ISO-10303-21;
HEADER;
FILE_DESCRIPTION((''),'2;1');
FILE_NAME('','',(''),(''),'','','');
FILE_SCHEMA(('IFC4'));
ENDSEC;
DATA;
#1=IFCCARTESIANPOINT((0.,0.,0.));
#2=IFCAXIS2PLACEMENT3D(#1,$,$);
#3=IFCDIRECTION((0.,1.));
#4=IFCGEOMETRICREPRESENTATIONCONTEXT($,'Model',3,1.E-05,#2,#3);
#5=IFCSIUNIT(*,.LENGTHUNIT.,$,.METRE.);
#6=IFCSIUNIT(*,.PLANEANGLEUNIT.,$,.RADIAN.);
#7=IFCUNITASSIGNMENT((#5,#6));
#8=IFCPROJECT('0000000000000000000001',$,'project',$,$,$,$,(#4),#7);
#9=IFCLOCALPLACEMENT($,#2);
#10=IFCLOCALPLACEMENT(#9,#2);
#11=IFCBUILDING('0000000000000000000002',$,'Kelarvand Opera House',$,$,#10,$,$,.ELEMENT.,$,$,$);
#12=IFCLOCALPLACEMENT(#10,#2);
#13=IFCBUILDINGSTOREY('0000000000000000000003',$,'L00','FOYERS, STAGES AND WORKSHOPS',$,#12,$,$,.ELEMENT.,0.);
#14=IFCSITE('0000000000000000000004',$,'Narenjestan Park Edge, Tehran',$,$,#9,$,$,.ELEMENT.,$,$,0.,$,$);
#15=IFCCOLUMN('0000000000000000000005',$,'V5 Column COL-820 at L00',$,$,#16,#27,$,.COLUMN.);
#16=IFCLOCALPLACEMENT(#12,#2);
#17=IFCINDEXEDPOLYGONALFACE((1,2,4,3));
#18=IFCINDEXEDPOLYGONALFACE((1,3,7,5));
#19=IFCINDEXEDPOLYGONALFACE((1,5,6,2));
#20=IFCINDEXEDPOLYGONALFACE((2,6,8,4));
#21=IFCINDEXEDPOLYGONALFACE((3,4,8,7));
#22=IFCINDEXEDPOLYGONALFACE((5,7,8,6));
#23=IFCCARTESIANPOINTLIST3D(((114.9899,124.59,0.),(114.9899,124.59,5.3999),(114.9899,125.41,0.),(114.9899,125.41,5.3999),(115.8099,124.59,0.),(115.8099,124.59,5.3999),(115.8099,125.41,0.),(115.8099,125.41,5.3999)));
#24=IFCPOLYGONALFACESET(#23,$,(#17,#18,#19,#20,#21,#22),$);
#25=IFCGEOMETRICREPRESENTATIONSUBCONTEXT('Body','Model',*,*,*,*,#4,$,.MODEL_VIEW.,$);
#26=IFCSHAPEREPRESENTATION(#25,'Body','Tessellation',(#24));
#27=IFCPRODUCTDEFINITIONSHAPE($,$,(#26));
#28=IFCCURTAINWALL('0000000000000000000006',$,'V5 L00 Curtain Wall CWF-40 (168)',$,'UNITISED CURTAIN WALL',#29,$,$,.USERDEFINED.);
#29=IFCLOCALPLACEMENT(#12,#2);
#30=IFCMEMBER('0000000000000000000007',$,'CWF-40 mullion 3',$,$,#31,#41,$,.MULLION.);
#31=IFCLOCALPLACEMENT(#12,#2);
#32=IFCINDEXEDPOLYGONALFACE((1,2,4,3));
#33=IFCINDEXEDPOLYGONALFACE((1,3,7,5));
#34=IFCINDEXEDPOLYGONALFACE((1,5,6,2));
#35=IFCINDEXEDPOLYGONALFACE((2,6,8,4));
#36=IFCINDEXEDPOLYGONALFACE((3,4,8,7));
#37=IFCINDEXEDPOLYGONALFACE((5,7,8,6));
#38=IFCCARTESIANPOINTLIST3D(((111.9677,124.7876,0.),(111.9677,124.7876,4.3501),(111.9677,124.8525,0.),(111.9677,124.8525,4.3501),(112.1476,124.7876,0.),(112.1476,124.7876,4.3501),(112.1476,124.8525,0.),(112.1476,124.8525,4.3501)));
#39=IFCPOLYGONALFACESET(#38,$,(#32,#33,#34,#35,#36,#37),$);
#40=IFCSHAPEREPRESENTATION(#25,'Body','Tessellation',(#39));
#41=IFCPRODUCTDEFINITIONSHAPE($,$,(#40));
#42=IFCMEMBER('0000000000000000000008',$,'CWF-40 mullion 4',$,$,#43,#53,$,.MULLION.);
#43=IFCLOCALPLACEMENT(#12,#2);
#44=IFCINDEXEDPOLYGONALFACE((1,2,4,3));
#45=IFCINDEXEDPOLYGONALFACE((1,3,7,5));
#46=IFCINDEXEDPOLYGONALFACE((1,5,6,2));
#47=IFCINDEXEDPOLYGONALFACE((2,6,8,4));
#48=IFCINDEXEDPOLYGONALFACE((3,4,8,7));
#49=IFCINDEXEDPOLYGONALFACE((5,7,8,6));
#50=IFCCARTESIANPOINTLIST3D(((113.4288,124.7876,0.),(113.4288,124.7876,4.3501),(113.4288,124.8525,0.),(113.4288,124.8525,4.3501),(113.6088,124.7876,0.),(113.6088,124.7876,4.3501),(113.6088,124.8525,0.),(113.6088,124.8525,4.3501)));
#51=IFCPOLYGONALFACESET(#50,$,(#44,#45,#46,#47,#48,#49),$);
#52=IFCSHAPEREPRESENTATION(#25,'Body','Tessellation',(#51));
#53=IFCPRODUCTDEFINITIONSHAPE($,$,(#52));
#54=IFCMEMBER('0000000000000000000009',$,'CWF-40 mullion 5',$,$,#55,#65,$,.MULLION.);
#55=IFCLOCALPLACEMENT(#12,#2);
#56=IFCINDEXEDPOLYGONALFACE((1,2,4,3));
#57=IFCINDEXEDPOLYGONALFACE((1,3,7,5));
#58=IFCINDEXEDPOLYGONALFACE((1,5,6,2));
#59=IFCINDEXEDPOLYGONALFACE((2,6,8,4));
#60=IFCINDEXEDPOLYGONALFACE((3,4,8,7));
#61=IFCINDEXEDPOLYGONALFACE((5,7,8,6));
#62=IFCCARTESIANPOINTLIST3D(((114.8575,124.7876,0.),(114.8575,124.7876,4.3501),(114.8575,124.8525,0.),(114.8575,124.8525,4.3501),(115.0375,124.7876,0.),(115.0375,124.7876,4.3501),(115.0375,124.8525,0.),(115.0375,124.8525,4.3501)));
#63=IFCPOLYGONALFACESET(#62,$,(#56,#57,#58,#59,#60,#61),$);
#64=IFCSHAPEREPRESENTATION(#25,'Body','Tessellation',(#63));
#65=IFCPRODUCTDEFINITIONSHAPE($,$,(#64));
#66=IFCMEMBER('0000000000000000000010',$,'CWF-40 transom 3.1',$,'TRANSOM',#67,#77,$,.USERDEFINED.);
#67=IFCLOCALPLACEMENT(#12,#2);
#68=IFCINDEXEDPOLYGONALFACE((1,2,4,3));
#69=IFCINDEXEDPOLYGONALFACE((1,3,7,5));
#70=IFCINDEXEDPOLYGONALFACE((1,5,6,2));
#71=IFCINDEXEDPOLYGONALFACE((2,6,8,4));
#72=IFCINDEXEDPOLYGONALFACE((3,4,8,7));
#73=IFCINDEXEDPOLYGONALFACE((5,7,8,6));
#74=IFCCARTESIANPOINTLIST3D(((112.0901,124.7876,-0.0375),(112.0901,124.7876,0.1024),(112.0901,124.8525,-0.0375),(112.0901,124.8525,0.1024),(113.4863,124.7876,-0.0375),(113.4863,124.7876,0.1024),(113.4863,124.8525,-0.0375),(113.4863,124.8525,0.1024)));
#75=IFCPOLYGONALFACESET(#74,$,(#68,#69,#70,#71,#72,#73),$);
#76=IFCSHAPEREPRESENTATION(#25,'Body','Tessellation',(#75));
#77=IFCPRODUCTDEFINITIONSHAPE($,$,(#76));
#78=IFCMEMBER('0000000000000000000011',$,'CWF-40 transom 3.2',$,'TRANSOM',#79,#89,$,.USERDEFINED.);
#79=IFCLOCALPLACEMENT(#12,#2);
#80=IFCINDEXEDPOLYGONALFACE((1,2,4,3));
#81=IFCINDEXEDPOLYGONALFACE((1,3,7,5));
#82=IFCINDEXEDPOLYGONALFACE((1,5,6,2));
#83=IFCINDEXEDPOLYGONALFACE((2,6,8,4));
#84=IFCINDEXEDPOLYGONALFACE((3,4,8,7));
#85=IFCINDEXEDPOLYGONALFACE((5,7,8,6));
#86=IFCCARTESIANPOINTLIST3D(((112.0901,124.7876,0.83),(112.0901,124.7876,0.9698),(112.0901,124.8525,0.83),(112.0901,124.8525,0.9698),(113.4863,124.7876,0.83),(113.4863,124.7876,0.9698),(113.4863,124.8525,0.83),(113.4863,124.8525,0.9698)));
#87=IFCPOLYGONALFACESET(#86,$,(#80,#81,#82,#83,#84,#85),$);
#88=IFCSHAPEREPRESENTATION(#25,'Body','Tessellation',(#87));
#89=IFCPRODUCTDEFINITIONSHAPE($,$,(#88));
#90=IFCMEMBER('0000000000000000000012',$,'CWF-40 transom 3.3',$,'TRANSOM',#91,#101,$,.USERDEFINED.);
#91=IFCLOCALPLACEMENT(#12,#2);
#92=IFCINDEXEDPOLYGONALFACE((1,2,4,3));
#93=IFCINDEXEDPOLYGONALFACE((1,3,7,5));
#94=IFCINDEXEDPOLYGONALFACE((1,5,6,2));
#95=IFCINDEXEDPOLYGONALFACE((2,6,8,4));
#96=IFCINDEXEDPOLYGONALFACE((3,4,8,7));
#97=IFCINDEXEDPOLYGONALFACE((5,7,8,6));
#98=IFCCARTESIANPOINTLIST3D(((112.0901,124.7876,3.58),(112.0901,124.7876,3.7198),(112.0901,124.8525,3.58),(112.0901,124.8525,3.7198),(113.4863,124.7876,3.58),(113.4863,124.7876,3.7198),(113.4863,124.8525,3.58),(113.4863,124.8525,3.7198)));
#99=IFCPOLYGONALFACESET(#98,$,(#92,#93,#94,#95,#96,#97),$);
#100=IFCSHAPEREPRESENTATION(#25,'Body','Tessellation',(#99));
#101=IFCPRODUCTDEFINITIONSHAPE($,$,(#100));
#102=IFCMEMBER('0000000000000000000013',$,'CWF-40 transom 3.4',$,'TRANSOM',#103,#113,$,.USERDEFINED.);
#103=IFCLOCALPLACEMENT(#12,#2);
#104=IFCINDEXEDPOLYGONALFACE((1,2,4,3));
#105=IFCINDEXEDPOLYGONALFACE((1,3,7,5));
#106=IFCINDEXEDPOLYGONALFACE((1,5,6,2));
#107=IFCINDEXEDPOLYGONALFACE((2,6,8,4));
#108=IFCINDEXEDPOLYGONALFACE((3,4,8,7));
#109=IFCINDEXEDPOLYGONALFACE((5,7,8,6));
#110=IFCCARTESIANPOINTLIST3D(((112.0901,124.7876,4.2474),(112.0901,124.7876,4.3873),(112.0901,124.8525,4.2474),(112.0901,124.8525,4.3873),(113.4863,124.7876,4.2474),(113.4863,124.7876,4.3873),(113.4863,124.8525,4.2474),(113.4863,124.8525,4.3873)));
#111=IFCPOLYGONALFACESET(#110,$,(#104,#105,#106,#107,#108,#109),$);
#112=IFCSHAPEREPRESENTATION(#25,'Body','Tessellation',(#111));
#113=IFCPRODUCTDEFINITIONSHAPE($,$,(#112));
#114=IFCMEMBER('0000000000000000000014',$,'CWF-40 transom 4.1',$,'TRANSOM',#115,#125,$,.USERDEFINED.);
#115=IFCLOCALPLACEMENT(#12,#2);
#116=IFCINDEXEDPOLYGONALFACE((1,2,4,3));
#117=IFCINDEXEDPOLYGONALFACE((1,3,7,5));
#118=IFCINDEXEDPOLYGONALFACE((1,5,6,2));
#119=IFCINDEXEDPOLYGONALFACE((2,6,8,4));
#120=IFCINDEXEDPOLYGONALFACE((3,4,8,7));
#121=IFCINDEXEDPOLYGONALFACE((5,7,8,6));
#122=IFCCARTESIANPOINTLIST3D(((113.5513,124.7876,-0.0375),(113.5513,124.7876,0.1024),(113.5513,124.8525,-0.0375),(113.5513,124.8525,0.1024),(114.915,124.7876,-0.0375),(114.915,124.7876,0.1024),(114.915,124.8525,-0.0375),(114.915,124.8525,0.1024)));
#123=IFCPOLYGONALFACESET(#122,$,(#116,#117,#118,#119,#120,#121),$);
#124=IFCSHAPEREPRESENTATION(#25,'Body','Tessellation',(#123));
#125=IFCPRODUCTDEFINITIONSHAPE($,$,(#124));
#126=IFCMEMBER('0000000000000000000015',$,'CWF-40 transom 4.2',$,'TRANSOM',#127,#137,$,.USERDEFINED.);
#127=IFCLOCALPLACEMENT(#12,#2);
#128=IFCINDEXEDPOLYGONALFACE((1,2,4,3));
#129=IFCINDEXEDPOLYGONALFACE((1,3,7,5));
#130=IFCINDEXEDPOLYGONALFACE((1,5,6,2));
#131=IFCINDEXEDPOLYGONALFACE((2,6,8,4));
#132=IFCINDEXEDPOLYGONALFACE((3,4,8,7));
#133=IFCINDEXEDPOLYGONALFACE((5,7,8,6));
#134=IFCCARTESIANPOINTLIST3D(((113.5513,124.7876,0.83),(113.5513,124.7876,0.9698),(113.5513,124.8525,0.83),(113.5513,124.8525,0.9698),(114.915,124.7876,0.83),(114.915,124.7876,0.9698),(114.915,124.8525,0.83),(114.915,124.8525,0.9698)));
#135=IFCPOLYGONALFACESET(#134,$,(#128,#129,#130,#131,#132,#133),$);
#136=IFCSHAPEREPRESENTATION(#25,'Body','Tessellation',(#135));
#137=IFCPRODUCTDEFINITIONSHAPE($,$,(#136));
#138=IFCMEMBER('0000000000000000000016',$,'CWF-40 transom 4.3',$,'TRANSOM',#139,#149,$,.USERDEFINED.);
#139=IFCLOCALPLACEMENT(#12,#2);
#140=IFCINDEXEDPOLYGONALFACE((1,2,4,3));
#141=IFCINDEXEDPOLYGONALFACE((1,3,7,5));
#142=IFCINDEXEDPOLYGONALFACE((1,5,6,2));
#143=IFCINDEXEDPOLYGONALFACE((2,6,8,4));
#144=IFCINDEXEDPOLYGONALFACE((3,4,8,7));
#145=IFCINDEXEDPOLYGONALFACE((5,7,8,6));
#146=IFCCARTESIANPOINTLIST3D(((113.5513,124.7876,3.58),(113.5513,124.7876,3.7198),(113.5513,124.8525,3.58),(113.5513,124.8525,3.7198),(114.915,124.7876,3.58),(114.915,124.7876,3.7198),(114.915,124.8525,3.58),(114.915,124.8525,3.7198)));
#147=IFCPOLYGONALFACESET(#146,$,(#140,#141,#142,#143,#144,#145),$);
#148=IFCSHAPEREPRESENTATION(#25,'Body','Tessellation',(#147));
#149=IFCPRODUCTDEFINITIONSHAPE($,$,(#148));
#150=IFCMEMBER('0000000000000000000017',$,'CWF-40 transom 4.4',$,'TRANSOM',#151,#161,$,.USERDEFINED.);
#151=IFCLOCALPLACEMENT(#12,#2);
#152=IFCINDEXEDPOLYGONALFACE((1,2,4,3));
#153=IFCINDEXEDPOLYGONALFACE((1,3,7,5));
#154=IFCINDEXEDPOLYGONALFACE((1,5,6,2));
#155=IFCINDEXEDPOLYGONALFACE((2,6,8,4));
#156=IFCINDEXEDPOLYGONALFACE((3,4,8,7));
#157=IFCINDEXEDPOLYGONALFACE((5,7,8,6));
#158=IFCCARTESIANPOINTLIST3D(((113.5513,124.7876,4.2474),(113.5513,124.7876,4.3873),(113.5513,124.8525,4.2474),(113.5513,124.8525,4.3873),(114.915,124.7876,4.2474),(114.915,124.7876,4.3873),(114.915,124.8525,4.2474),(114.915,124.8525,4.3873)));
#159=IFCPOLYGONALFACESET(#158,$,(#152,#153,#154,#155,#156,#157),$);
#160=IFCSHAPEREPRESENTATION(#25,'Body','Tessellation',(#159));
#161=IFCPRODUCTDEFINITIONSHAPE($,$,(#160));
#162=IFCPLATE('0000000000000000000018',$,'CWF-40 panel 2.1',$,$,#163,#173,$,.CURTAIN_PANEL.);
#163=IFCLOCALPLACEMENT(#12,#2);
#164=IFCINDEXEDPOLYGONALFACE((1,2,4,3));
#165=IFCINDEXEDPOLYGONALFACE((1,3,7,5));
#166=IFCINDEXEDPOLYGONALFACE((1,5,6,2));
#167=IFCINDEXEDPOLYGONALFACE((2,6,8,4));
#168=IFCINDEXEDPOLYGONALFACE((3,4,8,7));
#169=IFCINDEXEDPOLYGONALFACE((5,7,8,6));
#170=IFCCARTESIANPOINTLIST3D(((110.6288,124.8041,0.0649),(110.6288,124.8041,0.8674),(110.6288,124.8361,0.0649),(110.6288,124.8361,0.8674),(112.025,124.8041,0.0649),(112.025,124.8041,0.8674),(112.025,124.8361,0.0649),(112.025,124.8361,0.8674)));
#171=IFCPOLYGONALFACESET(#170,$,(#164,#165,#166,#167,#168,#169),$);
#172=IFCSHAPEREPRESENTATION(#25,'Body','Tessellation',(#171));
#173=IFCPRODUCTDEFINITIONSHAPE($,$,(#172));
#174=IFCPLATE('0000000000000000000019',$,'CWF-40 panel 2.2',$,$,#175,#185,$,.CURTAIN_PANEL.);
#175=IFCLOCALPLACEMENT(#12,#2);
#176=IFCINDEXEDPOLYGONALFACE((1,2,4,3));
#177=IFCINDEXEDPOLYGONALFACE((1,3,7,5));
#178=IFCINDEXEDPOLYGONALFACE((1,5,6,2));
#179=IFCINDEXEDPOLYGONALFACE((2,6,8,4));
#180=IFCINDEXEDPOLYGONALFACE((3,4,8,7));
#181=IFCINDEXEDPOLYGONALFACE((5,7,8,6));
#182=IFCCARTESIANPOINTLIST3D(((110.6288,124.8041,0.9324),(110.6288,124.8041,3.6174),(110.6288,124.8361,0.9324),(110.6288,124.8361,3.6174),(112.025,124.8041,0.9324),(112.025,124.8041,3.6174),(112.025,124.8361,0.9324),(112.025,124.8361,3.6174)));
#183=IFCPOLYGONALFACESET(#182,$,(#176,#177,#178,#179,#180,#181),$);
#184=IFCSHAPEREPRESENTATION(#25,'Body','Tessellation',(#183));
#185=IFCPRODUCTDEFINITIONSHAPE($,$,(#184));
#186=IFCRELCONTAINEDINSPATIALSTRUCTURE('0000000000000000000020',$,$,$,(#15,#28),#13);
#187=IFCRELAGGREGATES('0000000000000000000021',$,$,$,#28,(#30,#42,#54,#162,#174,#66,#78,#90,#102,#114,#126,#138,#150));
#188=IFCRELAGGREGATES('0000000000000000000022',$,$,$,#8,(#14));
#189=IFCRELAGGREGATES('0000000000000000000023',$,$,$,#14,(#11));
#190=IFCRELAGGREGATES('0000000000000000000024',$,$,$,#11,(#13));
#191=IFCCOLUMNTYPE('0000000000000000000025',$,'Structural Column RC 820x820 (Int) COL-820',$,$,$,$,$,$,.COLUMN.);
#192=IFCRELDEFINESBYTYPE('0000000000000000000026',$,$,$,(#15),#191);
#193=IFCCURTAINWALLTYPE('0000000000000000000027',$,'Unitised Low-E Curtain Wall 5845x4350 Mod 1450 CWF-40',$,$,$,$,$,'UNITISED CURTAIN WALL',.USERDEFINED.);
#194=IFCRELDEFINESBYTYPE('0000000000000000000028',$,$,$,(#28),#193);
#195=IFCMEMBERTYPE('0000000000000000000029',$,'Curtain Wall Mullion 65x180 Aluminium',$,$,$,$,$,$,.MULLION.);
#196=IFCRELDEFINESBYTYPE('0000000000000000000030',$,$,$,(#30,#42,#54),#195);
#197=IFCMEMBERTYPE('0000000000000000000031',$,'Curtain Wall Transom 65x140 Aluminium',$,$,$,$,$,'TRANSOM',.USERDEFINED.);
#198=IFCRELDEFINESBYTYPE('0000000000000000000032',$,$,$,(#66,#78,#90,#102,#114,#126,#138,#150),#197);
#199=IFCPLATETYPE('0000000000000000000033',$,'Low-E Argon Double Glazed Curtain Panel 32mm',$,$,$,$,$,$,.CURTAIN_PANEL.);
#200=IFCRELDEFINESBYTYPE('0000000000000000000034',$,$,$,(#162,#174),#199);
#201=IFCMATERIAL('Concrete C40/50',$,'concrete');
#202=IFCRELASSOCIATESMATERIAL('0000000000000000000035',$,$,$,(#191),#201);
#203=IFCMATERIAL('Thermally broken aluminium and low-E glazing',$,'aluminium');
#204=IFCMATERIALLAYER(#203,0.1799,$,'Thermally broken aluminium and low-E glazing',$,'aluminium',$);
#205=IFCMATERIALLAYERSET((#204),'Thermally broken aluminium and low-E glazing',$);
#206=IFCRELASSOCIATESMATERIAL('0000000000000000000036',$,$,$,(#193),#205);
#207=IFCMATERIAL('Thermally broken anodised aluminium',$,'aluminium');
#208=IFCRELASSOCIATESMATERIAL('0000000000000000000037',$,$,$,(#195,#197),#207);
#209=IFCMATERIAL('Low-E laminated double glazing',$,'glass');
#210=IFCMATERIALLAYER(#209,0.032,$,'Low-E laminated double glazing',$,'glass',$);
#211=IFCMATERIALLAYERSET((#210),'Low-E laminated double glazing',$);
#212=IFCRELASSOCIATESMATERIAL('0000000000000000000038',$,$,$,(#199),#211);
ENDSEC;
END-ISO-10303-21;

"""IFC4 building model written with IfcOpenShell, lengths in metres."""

from ifc_helpers import new_model, si_unit, direction, frame, origin, origin_2d, place, context, subcontext, project, spatial, rectangle, extrude, material, layer, layer_set, material_profile, profile_set, type_object, element, aggregate, save


model = new_model("IFC4")

# Units and contexts
model_context = context("Model", 3, precision=1e-05, world=origin(), true_north=direction((0.0, 1.0)))
body_context = subcontext(model_context, "Body", "Model", "MODEL_VIEW")
ifc_project = project(units=[si_unit("LENGTHUNIT", "METRE"), si_unit("PLANEANGLEUNIT", "RADIAN")], contexts=[model_context])

# Site, building, storey
site_placement = place(None, origin())
site = spatial("IfcSite", under=ifc_project, at=site_placement, Name="Narenjestan Park Edge, Tehran", CompositionType="ELEMENT", RefElevation=0.0)
building_placement = place(site_placement, origin())
building = spatial("IfcBuilding", under=site, at=building_placement, Name="Kelarvand Opera House", CompositionType="ELEMENT")
storey_placement = place(building_placement, origin())
storey = spatial("IfcBuildingStorey", under=building, at=storey_placement, Name="L00", Description="FOYERS, STAGES AND WORKSHOPS", CompositionType="ELEMENT", Elevation=0.0)

# Column
ifc_material_1 = material(Name="Concrete C40/50", Category="concrete")
ifc_material_profile_1 = material_profile(ifc_material_1, rectangle(XDim=0.8201, YDim=0.8201, at=origin_2d()), Name="RC 820x820", Category="concrete")
ifc_profile_set_1 = profile_set([ifc_material_profile_1], Name="Concrete C40/50")
column_type = type_object("IfcColumnType", Name="Structural Column RC 820x820 (Int) COL-820", PredefinedType="COLUMN", material=ifc_profile_set_1)
column_placement = place(storey_placement, frame((115.3999, 125.0, 0.0), z_axis=(0.0, 0.0, 1.0), x_axis=(1.0, 0.0, 0.0)))
element("IfcColumn", 1, at=column_placement, inside=storey, type_object=column_type, Name="V5 Column COL-820 at L00", PredefinedType="COLUMN", context=body_context, shape_type="SweptSolid", body=[
    extrude(rectangle(XDim=0.8201, YDim=0.8201, at=origin_2d()), origin(), (0.0, 0.0, 1.0), 5.3999),
])

# Curtain wall, members, plates
ifc_material_2 = material(Name="Thermally broken aluminium and low-E glazing", Category="aluminium")
ifc_layer_1 = layer(ifc_material_2, 0.1799, Name="Thermally broken aluminium and low-E glazing", Category="aluminium")
ifc_layer_set_1 = layer_set([ifc_layer_1], Name="Thermally broken aluminium and low-E glazing")
curtain_wall_type = type_object("IfcCurtainWallType", Name="Unitised Low-E Curtain Wall 5845x4350 Mod 1450 CWF-40", ElementType="UNITISED CURTAIN WALL", PredefinedType="USERDEFINED", material=ifc_layer_set_1)
curtain_wall_placement = place(storey_placement, origin())
curtain_wall = element("IfcCurtainWall", 2, at=curtain_wall_placement, inside=storey, type_object=curtain_wall_type, Name="V5 L00 Curtain Wall CWF-40 (168)", ObjectType="UNITISED CURTAIN WALL", PredefinedType="USERDEFINED")
ifc_material_3 = material(Name="Thermally broken anodised aluminium", Category="aluminium")
ifc_material_profile_2 = material_profile(ifc_material_3, rectangle(XDim=0.0649, YDim=0.1799, at=origin_2d()), Name="ALU MULLION 65x180", Category="aluminium")
ifc_profile_set_2 = profile_set([ifc_material_profile_2], Name="Thermally broken anodised aluminium")
member_type_1 = type_object("IfcMemberType", Name="Curtain Wall Mullion 65x180 Aluminium", PredefinedType="MULLION", material=ifc_profile_set_2)
member_1_placement = place(storey_placement, frame((112.0576, 124.8201, 0.0), z_axis=(0.0, 0.0, 1.0), x_axis=(0.0, 1.0, 0.0)))
member_1 = element("IfcMember", 3, at=member_1_placement, type_object=member_type_1, Name="CWF-40 mullion 3", PredefinedType="MULLION", context=body_context, shape_type="SweptSolid", body=[
    extrude(rectangle(XDim=0.0649, YDim=0.1799, at=origin_2d()), origin(), (0.0, 0.0, 1.0), 4.3501),
])
member_2_placement = place(storey_placement, frame((113.5188, 124.8201, 0.0), z_axis=(0.0, 0.0, 1.0), x_axis=(0.0, 1.0, 0.0)))
member_2 = element("IfcMember", 4, at=member_2_placement, type_object=member_type_1, Name="CWF-40 mullion 4", PredefinedType="MULLION", context=body_context, shape_type="SweptSolid", body=[
    extrude(rectangle(XDim=0.0649, YDim=0.1799, at=origin_2d()), origin(), (0.0, 0.0, 1.0), 4.3501),
])
member_3_placement = place(storey_placement, frame((114.9475, 124.8201, 0.0), z_axis=(0.0, 0.0, 1.0), x_axis=(0.0, 1.0, 0.0)))
member_3 = element("IfcMember", 5, at=member_3_placement, type_object=member_type_1, Name="CWF-40 mullion 5", PredefinedType="MULLION", context=body_context, shape_type="SweptSolid", body=[
    extrude(rectangle(XDim=0.0649, YDim=0.1799, at=origin_2d()), origin(), (0.0, 0.0, 1.0), 4.3501),
])
ifc_material_profile_3 = material_profile(ifc_material_3, rectangle(XDim=0.0649, YDim=0.1399, at=origin_2d()), Name="ALU TRANSOM 65x140", Category="aluminium")
ifc_profile_set_3 = profile_set([ifc_material_profile_3], Name="Thermally broken anodised aluminium")
member_type_2 = type_object("IfcMemberType", Name="Curtain Wall Transom 65x140 Aluminium", ElementType="TRANSOM", PredefinedType="USERDEFINED", material=ifc_profile_set_3)
member_4_placement = place(storey_placement, frame((112.0901, 124.8201, 0.0325), z_axis=(1.0, 0.0, 0.0), x_axis=(0.0, 1.0, 0.0)))
member_4 = element("IfcMember", 6, at=member_4_placement, type_object=member_type_2, Name="CWF-40 transom 3.1", ObjectType="TRANSOM", PredefinedType="USERDEFINED", context=body_context, shape_type="SweptSolid", body=[
    extrude(rectangle(XDim=0.0649, YDim=0.1399, at=origin_2d()), origin(), (0.0, 0.0, 1.0), 1.3962),
])
member_5_placement = place(storey_placement, frame((112.0901, 124.8201, 0.8999), z_axis=(1.0, 0.0, 0.0), x_axis=(0.0, 1.0, 0.0)))
member_5 = element("IfcMember", 7, at=member_5_placement, type_object=member_type_2, Name="CWF-40 transom 3.2", ObjectType="TRANSOM", PredefinedType="USERDEFINED", context=body_context, shape_type="SweptSolid", body=[
    extrude(rectangle(XDim=0.0649, YDim=0.1399, at=origin_2d()), origin(), (0.0, 0.0, 1.0), 1.3962),
])
member_6_placement = place(storey_placement, frame((112.0901, 124.8201, 3.6499), z_axis=(1.0, 0.0, 0.0), x_axis=(0.0, 1.0, 0.0)))
member_6 = element("IfcMember", 8, at=member_6_placement, type_object=member_type_2, Name="CWF-40 transom 3.3", ObjectType="TRANSOM", PredefinedType="USERDEFINED", context=body_context, shape_type="SweptSolid", body=[
    extrude(rectangle(XDim=0.0649, YDim=0.1399, at=origin_2d()), origin(), (0.0, 0.0, 1.0), 1.3962),
])
member_7_placement = place(storey_placement, frame((112.0901, 124.8201, 4.3174), z_axis=(1.0, 0.0, 0.0), x_axis=(0.0, 1.0, 0.0)))
member_7 = element("IfcMember", 9, at=member_7_placement, type_object=member_type_2, Name="CWF-40 transom 3.4", ObjectType="TRANSOM", PredefinedType="USERDEFINED", context=body_context, shape_type="SweptSolid", body=[
    extrude(rectangle(XDim=0.0649, YDim=0.1399, at=origin_2d()), origin(), (0.0, 0.0, 1.0), 1.3962),
])
member_8_placement = place(storey_placement, frame((113.5513, 124.8201, 0.0325), z_axis=(1.0, 0.0, 0.0), x_axis=(0.0, 1.0, 0.0)))
member_8 = element("IfcMember", 10, at=member_8_placement, type_object=member_type_2, Name="CWF-40 transom 4.1", ObjectType="TRANSOM", PredefinedType="USERDEFINED", context=body_context, shape_type="SweptSolid", body=[
    extrude(rectangle(XDim=0.0649, YDim=0.1399, at=origin_2d()), origin(), (0.0, 0.0, 1.0), 1.3638),
])
member_9_placement = place(storey_placement, frame((113.5513, 124.8201, 0.8999), z_axis=(1.0, 0.0, 0.0), x_axis=(0.0, 1.0, 0.0)))
member_9 = element("IfcMember", 11, at=member_9_placement, type_object=member_type_2, Name="CWF-40 transom 4.2", ObjectType="TRANSOM", PredefinedType="USERDEFINED", context=body_context, shape_type="SweptSolid", body=[
    extrude(rectangle(XDim=0.0649, YDim=0.1399, at=origin_2d()), origin(), (0.0, 0.0, 1.0), 1.3638),
])
member_10_placement = place(storey_placement, frame((113.5513, 124.8201, 3.6499), z_axis=(1.0, 0.0, 0.0), x_axis=(0.0, 1.0, 0.0)))
member_10 = element("IfcMember", 12, at=member_10_placement, type_object=member_type_2, Name="CWF-40 transom 4.3", ObjectType="TRANSOM", PredefinedType="USERDEFINED", context=body_context, shape_type="SweptSolid", body=[
    extrude(rectangle(XDim=0.0649, YDim=0.1399, at=origin_2d()), origin(), (0.0, 0.0, 1.0), 1.3638),
])
member_11_placement = place(storey_placement, frame((113.5513, 124.8201, 4.3174), z_axis=(1.0, 0.0, 0.0), x_axis=(0.0, 1.0, 0.0)))
member_11 = element("IfcMember", 13, at=member_11_placement, type_object=member_type_2, Name="CWF-40 transom 4.4", ObjectType="TRANSOM", PredefinedType="USERDEFINED", context=body_context, shape_type="SweptSolid", body=[
    extrude(rectangle(XDim=0.0649, YDim=0.1399, at=origin_2d()), origin(), (0.0, 0.0, 1.0), 1.3638),
])
ifc_material_4 = material(Name="Low-E laminated double glazing", Category="glass")
ifc_layer_2 = layer(ifc_material_4, 0.032, Name="Low-E laminated double glazing", Category="glass")
ifc_layer_set_2 = layer_set([ifc_layer_2], Name="Low-E laminated double glazing")
plate_type = type_object("IfcPlateType", Name="Low-E Argon Double Glazed Curtain Panel 32mm", PredefinedType="CURTAIN_PANEL", material=ifc_layer_set_2)
plate_1_placement = place(storey_placement, frame((111.3269, 124.8201, 0.0649), z_axis=(0.0, 0.0, 1.0), x_axis=(1.0, 0.0, 0.0)))
plate_1 = element("IfcPlate", 14, at=plate_1_placement, type_object=plate_type, Name="CWF-40 panel 2.1", PredefinedType="CURTAIN_PANEL", context=body_context, shape_type="SweptSolid", body=[
    extrude(rectangle(XDim=1.3962, YDim=0.032, at=origin_2d()), origin(), (0.0, 0.0, 1.0), 0.8025),
])
plate_2_placement = place(storey_placement, frame((111.3269, 124.8201, 0.9324), z_axis=(0.0, 0.0, 1.0), x_axis=(1.0, 0.0, 0.0)))
plate_2 = element("IfcPlate", 15, at=plate_2_placement, type_object=plate_type, Name="CWF-40 panel 2.2", PredefinedType="CURTAIN_PANEL", context=body_context, shape_type="SweptSolid", body=[
    extrude(rectangle(XDim=1.3962, YDim=0.032, at=origin_2d()), origin(), (0.0, 0.0, 1.0), 2.6851),
])
aggregate(curtain_wall, [member_1, member_2, member_3, plate_1, plate_2, member_4, member_5, member_6, member_7, member_8, member_9, member_10, member_11])

save(model, "model.ifc")
